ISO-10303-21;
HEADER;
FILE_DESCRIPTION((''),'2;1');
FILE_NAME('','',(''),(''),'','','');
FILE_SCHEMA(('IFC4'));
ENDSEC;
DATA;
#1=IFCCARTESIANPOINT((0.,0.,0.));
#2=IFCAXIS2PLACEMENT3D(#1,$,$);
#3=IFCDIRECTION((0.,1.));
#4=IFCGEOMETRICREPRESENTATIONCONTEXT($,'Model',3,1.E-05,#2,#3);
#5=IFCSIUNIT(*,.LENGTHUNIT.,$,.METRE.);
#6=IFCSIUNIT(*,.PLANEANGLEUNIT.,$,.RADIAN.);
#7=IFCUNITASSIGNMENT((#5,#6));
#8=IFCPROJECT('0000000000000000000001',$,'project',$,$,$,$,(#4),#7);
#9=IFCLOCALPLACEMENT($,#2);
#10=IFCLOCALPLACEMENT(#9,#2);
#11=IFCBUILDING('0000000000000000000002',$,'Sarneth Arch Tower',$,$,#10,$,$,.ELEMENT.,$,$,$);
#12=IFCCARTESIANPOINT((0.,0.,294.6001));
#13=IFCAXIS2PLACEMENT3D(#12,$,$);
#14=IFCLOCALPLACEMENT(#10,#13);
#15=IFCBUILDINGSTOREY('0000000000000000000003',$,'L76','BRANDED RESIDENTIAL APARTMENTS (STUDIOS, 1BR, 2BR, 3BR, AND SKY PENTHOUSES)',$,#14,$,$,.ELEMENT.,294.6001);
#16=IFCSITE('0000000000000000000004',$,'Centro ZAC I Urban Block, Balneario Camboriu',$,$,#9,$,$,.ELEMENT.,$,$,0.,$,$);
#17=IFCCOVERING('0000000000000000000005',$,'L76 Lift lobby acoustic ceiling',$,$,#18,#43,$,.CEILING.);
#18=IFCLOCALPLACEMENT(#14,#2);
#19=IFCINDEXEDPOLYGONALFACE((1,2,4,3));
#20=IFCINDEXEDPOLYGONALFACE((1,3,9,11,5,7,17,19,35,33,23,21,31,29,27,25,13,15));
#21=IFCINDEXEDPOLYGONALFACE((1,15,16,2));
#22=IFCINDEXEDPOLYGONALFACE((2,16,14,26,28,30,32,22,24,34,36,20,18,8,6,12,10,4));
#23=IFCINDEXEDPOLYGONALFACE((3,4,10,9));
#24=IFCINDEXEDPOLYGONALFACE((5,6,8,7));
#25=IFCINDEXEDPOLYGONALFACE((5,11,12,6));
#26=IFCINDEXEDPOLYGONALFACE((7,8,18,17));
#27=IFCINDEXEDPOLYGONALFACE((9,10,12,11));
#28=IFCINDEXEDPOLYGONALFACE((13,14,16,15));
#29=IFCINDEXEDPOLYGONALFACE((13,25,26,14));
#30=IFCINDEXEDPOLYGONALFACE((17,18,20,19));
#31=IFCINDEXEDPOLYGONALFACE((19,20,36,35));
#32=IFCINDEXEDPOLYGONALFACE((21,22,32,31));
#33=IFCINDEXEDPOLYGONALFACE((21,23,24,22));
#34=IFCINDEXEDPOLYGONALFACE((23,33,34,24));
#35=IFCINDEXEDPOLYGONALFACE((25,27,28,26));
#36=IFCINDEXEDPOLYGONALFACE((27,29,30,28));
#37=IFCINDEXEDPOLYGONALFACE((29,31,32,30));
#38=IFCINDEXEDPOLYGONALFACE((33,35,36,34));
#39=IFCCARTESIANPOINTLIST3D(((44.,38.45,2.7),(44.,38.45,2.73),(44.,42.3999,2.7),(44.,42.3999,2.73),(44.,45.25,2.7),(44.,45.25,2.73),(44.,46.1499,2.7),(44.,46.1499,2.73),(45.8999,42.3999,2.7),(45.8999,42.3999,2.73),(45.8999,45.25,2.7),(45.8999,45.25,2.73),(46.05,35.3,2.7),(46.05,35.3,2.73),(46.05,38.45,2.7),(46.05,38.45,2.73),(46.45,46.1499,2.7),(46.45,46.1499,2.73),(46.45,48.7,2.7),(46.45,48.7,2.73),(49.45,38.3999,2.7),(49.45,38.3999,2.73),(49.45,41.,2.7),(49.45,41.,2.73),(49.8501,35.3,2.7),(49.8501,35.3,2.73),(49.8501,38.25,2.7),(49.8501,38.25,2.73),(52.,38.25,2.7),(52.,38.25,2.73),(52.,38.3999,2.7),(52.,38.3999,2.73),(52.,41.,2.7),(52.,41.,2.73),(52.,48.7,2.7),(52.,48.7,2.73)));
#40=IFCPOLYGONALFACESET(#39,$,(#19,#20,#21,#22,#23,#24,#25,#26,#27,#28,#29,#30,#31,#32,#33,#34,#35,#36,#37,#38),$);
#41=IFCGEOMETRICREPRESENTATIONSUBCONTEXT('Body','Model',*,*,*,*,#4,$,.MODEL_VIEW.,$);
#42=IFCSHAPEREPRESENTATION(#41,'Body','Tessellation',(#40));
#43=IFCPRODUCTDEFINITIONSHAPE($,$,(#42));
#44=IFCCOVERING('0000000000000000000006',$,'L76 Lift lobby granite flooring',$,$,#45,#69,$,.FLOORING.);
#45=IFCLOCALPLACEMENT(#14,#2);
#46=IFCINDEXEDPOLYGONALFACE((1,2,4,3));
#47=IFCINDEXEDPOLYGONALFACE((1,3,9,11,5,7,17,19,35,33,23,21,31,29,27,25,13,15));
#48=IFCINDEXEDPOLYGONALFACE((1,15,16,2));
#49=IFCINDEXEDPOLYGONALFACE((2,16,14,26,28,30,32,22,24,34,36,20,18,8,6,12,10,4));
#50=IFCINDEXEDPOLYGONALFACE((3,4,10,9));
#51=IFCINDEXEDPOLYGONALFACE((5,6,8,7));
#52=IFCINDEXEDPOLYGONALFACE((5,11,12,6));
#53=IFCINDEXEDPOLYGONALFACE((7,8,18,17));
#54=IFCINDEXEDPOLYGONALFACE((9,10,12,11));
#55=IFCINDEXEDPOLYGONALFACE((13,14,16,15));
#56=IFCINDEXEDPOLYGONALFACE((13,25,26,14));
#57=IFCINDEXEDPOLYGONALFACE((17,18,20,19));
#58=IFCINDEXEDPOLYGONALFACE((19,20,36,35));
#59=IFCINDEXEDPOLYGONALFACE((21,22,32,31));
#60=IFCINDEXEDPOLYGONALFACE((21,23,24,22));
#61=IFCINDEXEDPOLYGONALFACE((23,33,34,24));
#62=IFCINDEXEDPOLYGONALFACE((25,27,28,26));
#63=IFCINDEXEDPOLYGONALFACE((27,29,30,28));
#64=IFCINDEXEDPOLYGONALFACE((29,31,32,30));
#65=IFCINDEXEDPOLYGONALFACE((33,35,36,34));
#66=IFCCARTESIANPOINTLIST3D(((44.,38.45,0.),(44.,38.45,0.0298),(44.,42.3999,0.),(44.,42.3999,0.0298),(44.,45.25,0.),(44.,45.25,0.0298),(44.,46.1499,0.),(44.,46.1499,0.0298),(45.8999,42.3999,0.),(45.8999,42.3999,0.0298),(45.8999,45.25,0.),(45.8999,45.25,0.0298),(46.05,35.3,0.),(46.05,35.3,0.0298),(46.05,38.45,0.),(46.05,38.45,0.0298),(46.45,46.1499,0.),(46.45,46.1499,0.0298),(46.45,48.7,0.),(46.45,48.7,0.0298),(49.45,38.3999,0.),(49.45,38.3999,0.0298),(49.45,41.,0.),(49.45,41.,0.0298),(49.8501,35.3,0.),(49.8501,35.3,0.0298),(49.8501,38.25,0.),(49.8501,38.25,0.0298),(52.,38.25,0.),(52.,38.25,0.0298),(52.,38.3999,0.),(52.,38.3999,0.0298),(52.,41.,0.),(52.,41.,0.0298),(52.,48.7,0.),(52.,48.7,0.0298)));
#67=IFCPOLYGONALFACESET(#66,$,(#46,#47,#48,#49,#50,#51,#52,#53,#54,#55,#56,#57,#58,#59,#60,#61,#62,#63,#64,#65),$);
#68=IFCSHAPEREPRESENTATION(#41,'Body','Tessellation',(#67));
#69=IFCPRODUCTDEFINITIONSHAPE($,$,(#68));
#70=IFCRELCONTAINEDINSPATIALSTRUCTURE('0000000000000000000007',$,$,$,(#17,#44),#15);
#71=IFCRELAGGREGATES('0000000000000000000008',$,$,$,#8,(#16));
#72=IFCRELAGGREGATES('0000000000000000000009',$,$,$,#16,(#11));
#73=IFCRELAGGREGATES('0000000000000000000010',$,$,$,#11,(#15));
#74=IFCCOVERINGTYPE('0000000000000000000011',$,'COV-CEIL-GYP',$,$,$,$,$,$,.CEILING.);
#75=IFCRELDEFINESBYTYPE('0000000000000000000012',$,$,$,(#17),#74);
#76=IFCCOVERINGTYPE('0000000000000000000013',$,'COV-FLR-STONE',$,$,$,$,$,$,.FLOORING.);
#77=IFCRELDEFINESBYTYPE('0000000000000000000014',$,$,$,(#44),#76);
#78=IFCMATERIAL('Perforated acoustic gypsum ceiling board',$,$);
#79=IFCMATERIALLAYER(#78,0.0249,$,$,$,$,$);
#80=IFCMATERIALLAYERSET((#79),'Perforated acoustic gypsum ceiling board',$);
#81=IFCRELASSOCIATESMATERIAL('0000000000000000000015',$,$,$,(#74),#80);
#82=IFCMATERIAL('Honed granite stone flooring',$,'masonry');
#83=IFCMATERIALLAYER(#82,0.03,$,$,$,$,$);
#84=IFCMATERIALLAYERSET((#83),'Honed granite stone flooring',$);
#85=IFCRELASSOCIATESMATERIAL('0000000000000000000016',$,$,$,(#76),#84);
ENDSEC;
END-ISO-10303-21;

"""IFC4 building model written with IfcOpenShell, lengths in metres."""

from ifc_helpers import new_model, si_unit, direction, frame, origin, place, context, subcontext, project, spatial, polyline, outline, extrude, material, layer, layer_set, type_object, element, save


model = new_model("IFC4")

# Units and contexts
model_context = context("Model", 3, precision=1e-05, world=origin(), true_north=direction((0.0, 1.0)))
body_context = subcontext(model_context, "Body", "Model", "MODEL_VIEW")
ifc_project = project(units=[si_unit("LENGTHUNIT", "METRE"), si_unit("PLANEANGLEUNIT", "RADIAN")], contexts=[model_context])

# Site, building, storey
site_placement = place(None, origin())
site = spatial("IfcSite", under=ifc_project, at=site_placement, Name="Centro ZAC I Urban Block, Balneario Camboriu", CompositionType="ELEMENT", RefElevation=0.0)
building_placement = place(site_placement, origin())
building = spatial("IfcBuilding", under=site, at=building_placement, Name="Sarneth Arch Tower", CompositionType="ELEMENT")
storey_placement = place(building_placement, frame((0.0, 0.0, 294.6001)))
storey = spatial("IfcBuildingStorey", under=building, at=storey_placement, Name="L76", Description="BRANDED RESIDENTIAL APARTMENTS (STUDIOS, 1BR, 2BR, 3BR, AND SKY PENTHOUSES)", CompositionType="ELEMENT", Elevation=294.6001)

# Coverings
ifc_material_1 = material(Name="Perforated acoustic gypsum ceiling board")
ifc_layer_1 = layer(ifc_material_1, 0.0249)
ifc_layer_set_1 = layer_set([ifc_layer_1], Name="Perforated acoustic gypsum ceiling board")
covering_type_1 = type_object("IfcCoveringType", Name="COV-CEIL-GYP", PredefinedType="CEILING", material=ifc_layer_set_1)
covering_1_placement = place(storey_placement, frame((0.0, 0.0, 2.7)))
element("IfcCovering", 1, at=covering_1_placement, inside=storey, type_object=covering_type_1, Name="L76 Lift lobby acoustic ceiling", PredefinedType="CEILING", context=body_context, shape_type="SweptSolid", body=[
    extrude(outline(polyline([(49.45, 41.0), (49.45, 38.3999), (52.0, 38.3999), (52.0, 38.25), (49.8501, 38.25), (49.8501, 35.3), (46.05, 35.3), (46.05, 38.45), (44.0, 38.45), (44.0, 42.3999), (45.8999, 42.3999), (45.8999, 45.25), (44.0, 45.25), (44.0, 46.1499), (46.45, 46.1499), (46.45, 48.7), (52.0, 48.7), (52.0, 41.0), (49.45, 41.0)])), origin(), (0.0, 0.0, 1.0), 0.03),
])
ifc_material_2 = material(Name="Honed granite stone flooring", Category="masonry")
ifc_layer_2 = layer(ifc_material_2, 0.03)
ifc_layer_set_2 = layer_set([ifc_layer_2], Name="Honed granite stone flooring")
covering_type_2 = type_object("IfcCoveringType", Name="COV-FLR-STONE", PredefinedType="FLOORING", material=ifc_layer_set_2)
covering_2_placement = place(storey_placement, origin())
element("IfcCovering", 2, at=covering_2_placement, inside=storey, type_object=covering_type_2, Name="L76 Lift lobby granite flooring", PredefinedType="FLOORING", context=body_context, shape_type="SweptSolid", body=[
    extrude(outline(polyline([(49.45, 41.0), (49.45, 38.3999), (52.0, 38.3999), (52.0, 38.25), (49.8501, 38.25), (49.8501, 35.3), (46.05, 35.3), (46.05, 38.45), (44.0, 38.45), (44.0, 42.3999), (45.8999, 42.3999), (45.8999, 45.25), (44.0, 45.25), (44.0, 46.1499), (46.45, 46.1499), (46.45, 48.7), (52.0, 48.7), (52.0, 41.0), (49.45, 41.0)])), origin(), (0.0, 0.0, 1.0), 0.0298),
])

save(model, "model.ifc")
